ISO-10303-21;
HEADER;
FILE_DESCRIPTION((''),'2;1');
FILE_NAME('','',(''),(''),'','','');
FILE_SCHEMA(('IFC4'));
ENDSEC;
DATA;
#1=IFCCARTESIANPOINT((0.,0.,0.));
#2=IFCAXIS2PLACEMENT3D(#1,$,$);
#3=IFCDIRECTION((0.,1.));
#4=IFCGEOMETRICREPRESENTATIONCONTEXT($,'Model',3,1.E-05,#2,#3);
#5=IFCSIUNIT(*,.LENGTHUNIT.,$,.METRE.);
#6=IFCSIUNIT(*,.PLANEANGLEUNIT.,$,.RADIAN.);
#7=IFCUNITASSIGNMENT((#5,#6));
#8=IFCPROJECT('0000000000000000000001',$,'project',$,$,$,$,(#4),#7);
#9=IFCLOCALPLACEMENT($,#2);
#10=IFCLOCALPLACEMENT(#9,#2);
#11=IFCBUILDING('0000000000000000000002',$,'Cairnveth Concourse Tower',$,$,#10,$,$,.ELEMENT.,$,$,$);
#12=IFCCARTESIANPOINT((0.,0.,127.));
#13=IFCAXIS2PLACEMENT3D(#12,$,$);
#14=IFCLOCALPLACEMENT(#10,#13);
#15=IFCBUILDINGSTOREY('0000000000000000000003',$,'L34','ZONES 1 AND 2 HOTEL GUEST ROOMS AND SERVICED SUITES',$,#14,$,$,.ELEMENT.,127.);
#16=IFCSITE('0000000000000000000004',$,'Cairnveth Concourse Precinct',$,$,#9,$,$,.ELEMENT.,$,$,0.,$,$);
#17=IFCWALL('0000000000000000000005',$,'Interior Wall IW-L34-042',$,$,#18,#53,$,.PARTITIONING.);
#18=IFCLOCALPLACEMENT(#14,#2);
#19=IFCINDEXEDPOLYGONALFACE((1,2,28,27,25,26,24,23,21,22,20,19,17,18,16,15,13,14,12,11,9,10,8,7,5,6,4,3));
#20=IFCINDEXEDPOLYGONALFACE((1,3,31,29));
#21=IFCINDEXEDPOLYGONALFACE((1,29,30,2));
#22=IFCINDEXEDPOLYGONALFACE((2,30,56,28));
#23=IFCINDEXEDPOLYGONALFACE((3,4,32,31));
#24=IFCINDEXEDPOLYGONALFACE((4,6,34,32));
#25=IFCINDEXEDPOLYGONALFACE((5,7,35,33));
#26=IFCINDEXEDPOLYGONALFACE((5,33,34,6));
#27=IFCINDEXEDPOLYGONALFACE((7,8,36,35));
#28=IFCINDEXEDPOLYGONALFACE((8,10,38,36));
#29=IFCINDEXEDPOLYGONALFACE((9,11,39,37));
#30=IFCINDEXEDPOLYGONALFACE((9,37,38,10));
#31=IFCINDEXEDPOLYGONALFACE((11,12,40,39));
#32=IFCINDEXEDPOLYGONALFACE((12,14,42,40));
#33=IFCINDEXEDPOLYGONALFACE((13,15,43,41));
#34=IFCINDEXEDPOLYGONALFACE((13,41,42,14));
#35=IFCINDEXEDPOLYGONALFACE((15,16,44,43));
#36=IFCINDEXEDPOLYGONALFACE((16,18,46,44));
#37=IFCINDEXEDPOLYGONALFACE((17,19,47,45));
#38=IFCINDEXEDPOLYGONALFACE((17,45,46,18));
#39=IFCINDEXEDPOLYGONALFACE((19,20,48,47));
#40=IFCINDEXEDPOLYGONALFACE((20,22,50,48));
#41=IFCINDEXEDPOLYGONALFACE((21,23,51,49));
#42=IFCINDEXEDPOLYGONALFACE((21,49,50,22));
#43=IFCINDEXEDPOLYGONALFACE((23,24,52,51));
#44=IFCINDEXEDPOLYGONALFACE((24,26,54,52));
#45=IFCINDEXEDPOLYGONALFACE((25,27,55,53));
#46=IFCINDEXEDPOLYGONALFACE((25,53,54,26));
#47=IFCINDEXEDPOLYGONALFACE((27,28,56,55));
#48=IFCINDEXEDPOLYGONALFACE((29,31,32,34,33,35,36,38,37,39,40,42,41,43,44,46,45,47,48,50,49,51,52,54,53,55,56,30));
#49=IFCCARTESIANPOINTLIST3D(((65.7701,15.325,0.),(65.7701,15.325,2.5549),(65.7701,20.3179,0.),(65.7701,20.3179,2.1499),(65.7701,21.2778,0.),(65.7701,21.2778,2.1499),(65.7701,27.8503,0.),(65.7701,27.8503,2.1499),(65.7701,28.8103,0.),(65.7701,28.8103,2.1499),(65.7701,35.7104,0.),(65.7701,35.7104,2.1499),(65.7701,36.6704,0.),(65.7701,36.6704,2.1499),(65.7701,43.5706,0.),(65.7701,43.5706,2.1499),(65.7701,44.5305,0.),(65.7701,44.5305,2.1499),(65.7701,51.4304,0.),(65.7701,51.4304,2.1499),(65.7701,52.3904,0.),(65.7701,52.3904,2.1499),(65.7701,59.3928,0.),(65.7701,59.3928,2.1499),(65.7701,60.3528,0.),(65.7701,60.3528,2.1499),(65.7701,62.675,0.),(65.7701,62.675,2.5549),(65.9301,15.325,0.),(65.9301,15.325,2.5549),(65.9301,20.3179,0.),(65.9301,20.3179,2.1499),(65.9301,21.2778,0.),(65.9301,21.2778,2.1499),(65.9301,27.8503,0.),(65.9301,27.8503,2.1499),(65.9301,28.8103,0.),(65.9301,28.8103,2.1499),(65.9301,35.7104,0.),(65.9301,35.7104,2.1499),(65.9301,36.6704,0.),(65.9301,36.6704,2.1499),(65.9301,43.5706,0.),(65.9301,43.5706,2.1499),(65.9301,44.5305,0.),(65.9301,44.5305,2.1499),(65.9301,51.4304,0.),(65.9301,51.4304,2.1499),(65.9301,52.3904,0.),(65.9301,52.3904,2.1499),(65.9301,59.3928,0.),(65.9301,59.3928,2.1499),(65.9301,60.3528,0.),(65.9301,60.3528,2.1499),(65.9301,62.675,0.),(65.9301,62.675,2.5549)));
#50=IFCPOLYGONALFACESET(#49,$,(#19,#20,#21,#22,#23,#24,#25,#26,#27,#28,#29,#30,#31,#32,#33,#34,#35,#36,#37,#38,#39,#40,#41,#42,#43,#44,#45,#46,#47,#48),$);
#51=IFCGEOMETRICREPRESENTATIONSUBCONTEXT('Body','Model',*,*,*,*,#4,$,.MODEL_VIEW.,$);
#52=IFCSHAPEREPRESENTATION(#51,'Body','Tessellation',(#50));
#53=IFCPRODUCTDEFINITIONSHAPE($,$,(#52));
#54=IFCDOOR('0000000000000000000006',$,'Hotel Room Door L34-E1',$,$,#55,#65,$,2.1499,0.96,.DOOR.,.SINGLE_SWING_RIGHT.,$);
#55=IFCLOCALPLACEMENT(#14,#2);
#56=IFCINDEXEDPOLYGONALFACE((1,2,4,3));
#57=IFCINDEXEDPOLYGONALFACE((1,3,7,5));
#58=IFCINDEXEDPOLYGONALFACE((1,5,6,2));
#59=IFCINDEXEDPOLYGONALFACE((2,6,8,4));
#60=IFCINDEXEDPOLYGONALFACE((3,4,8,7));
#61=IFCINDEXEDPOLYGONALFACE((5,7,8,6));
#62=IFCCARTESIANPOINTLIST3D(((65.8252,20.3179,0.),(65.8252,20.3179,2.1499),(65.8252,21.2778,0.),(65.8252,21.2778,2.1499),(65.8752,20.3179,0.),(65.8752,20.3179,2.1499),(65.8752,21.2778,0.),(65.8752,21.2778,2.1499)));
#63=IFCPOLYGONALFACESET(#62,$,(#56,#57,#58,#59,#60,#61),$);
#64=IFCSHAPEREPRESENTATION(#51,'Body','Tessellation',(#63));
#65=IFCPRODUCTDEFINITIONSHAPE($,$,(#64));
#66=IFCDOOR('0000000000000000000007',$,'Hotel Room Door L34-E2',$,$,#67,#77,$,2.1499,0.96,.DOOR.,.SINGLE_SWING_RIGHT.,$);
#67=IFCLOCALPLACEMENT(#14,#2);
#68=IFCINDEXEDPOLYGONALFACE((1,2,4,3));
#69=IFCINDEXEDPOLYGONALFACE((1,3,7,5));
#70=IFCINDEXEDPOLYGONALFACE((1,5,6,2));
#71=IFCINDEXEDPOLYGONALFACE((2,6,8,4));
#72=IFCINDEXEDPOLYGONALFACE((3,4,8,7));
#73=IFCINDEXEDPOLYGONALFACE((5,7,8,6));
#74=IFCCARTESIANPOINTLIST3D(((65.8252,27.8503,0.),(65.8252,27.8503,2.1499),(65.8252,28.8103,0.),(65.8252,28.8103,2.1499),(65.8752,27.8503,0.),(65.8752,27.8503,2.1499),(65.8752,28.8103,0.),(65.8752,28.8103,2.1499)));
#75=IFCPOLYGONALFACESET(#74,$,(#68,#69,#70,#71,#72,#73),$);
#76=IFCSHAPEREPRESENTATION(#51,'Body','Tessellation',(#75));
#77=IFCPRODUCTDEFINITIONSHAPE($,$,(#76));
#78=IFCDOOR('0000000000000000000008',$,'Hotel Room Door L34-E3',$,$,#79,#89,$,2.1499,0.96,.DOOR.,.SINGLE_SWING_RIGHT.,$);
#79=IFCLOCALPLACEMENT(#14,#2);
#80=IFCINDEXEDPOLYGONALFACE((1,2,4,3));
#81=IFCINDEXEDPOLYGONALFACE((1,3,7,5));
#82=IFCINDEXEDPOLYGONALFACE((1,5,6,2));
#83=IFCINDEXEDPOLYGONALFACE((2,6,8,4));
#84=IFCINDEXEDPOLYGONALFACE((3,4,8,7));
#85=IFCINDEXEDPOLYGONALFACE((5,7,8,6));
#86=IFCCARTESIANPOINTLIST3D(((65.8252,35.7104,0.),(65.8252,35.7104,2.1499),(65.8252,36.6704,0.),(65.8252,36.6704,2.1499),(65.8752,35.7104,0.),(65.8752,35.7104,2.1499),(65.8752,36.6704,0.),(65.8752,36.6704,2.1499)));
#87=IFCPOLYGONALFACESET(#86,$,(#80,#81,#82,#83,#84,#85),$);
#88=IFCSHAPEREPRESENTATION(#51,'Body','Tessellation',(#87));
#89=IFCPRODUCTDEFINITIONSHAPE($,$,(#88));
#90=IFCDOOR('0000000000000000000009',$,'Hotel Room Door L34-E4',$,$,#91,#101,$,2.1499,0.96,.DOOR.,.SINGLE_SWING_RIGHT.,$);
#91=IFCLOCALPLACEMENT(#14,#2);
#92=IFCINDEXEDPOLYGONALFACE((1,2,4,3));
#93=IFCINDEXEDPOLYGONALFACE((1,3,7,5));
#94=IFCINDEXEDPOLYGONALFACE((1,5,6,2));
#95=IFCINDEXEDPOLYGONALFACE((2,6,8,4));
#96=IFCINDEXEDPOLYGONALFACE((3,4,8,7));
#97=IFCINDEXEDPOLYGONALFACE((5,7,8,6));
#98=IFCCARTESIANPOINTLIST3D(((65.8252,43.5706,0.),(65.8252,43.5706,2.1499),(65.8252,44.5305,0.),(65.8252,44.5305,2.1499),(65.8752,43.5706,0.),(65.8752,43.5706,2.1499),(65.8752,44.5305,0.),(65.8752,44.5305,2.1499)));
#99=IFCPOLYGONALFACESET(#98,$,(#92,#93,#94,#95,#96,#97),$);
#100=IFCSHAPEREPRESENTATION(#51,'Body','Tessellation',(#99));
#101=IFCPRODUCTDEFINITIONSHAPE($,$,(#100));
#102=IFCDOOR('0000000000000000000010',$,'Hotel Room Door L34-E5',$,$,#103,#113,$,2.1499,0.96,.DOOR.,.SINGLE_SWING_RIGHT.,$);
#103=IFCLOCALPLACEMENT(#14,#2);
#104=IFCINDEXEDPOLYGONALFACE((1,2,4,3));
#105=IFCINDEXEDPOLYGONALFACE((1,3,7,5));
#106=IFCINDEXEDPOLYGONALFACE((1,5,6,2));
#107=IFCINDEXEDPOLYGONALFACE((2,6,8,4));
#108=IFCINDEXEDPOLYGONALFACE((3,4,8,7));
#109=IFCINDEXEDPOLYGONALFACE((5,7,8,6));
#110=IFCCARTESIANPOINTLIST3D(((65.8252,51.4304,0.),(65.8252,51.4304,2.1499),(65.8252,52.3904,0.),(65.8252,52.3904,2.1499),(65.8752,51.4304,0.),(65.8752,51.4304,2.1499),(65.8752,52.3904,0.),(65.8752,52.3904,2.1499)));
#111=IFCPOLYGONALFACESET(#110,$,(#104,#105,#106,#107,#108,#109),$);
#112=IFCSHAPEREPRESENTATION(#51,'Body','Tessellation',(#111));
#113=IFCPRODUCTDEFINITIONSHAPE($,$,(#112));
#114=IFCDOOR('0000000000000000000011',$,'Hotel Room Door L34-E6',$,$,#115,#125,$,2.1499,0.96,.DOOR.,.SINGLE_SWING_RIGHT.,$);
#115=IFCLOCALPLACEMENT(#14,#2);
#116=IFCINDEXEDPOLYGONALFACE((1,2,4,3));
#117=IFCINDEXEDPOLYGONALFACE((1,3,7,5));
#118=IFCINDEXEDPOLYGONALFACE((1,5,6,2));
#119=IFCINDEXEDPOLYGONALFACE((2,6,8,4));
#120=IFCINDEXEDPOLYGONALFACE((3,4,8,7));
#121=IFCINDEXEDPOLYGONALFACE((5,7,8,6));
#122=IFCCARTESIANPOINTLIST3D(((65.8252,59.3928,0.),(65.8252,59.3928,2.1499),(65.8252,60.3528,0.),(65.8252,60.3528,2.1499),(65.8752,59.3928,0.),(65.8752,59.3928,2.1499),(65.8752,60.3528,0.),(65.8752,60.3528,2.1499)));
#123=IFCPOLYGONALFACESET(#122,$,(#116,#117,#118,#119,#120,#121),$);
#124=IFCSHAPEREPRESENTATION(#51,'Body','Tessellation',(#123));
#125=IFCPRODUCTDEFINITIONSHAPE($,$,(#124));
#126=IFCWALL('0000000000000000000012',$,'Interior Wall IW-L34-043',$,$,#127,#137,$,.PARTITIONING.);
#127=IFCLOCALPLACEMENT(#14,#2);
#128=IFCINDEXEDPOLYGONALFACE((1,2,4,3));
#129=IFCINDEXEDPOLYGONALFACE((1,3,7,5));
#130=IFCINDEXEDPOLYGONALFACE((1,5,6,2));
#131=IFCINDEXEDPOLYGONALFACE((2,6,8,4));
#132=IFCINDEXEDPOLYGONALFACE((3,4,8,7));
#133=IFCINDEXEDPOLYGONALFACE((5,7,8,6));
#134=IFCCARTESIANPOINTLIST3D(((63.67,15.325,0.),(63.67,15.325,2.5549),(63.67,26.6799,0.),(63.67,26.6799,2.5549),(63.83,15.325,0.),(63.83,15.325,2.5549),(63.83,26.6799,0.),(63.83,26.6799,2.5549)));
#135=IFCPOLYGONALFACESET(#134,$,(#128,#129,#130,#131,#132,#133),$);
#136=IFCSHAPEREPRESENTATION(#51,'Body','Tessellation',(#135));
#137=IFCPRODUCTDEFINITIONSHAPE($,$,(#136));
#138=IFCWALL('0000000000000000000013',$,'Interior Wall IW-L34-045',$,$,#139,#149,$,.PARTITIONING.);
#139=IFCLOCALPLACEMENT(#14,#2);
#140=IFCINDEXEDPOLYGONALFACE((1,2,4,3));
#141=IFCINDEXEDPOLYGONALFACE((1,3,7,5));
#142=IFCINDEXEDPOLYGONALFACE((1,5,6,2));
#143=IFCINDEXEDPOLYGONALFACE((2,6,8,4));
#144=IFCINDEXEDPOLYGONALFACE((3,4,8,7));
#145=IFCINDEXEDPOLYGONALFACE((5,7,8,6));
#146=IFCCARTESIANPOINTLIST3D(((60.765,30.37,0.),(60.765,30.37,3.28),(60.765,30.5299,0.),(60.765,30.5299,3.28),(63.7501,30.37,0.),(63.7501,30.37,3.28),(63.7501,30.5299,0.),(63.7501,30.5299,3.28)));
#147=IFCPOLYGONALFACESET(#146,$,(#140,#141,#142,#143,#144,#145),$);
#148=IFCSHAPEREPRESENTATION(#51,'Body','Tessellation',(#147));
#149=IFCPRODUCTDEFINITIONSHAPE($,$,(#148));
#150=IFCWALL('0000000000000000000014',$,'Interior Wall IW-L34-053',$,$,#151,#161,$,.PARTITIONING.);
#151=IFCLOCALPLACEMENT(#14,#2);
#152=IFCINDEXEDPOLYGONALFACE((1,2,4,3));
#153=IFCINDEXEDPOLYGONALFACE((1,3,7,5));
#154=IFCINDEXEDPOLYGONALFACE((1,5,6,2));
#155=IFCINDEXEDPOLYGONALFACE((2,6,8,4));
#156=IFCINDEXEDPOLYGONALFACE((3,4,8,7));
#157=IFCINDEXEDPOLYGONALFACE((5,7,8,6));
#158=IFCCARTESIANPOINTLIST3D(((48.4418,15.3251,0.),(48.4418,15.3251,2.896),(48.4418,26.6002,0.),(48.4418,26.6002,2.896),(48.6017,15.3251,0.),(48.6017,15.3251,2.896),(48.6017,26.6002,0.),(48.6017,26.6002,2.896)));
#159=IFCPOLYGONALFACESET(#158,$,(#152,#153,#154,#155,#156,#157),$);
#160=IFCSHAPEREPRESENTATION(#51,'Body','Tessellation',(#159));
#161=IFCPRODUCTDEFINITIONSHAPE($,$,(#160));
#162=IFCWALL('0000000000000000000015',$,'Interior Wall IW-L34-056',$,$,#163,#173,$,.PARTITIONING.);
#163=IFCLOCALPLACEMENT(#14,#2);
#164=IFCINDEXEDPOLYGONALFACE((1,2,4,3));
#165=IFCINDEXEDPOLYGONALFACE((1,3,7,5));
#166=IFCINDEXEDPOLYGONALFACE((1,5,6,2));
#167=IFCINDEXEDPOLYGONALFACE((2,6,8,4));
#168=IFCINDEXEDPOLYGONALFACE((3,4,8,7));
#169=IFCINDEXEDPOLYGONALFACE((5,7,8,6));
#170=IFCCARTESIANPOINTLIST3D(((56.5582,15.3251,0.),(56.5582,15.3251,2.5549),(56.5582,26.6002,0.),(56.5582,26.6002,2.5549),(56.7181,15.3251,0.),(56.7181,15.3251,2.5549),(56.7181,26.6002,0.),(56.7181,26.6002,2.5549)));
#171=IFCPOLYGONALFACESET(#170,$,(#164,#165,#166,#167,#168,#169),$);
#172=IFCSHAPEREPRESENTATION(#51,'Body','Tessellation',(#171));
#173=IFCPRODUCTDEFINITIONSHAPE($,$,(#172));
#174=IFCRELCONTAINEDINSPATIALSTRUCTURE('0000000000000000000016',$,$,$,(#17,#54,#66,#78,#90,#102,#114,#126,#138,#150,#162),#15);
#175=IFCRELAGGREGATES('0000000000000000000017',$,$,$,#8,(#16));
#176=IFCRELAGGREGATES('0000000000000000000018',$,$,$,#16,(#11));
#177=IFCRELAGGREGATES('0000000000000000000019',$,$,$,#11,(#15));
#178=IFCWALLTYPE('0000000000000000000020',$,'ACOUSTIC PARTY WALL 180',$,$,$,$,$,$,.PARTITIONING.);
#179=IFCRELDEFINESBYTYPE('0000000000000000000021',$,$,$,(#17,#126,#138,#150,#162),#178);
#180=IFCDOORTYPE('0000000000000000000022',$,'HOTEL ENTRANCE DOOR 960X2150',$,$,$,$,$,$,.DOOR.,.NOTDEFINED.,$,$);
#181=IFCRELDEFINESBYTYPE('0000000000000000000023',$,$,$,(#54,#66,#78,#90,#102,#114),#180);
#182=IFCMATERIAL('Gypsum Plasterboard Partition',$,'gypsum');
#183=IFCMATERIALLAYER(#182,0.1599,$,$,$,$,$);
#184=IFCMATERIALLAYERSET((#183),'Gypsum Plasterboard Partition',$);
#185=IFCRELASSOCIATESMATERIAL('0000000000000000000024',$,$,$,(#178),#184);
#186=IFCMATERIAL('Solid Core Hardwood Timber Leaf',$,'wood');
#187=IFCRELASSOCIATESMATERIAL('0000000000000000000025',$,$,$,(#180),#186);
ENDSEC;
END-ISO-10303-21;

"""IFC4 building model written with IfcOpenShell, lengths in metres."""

from ifc_helpers import new_model, si_unit, direction, frame, frame_2d, origin, place, context, subcontext, project, spatial, rectangle, extrude, material, layer, layer_set, type_object, element, fill, save


model = new_model("IFC4")

# Units and contexts
model_context = context("Model", 3, precision=1e-05, world=origin(), true_north=direction((0.0, 1.0)))
body_context = subcontext(model_context, "Body", "Model", "MODEL_VIEW")
ifc_project = project(units=[si_unit("LENGTHUNIT", "METRE"), si_unit("PLANEANGLEUNIT", "RADIAN")], contexts=[model_context])

# Site, building, storey
site_placement = place(None, origin())
site = spatial("IfcSite", under=ifc_project, at=site_placement, Name="Cairnveth Concourse Precinct", CompositionType="ELEMENT", RefElevation=0.0)
building_placement = place(site_placement, origin())
building = spatial("IfcBuilding", under=site, at=building_placement, Name="Cairnveth Concourse Tower", CompositionType="ELEMENT")
storey_placement = place(building_placement, frame((0.0, 0.0, 127.0)))
storey = spatial("IfcBuildingStorey", under=building, at=storey_placement, Name="L34", Description="ZONES 1 AND 2 HOTEL GUEST ROOMS AND SERVICED SUITES", CompositionType="ELEMENT", Elevation=127.0)

# Wall, openings, doors
ifc_material_1 = material(Name="Gypsum Plasterboard Partition", Category="gypsum")
ifc_layer_1 = layer(ifc_material_1, 0.1599)
ifc_layer_set_1 = layer_set([ifc_layer_1], Name="Gypsum Plasterboard Partition")
wall_type_1 = type_object("IfcWallType", Name="ACOUSTIC PARTY WALL 180", PredefinedType="PARTITIONING", material=ifc_layer_set_1)
wall_1_placement = place(storey_placement, frame((65.8501, 15.325, 0.0), z_axis=(0.0, 0.0, 1.0), x_axis=(0.0, 1.0, 0.0)))
wall_1 = element("IfcWall", 1, at=wall_1_placement, inside=storey, type_object=wall_type_1, Name="Interior Wall IW-L34-042", PredefinedType="PARTITIONING", context=body_context, shape_type="SweptSolid", body=[
    extrude(rectangle(XDim=47.3501, YDim=0.1599, at=frame_2d((23.675, 0.0))), origin(), (0.0, 0.0, 1.0), 2.5549),
])
opening_1_placement = place(wall_1_placement, frame((4.9929, 0.0, 0.0)))
opening_1 = element("IfcOpeningElement", 2, at=opening_1_placement, cuts=wall_1, PredefinedType="OPENING", context=body_context, shape_type="SweptSolid", body=[
    extrude(rectangle(XDim=0.96, YDim=2.1499, at=frame_2d((0.48, 1.075))), frame((0.0, 0.0898, 0.0), z_axis=(0.0, -1.0, 0.0), x_axis=(1.0, 0.0, 0.0)), (0.0, 0.0, 1.0), 0.1799),
])
opening_2_placement = place(wall_1_placement, frame((12.5254, 0.0, 0.0)))
opening_2 = element("IfcOpeningElement", 3, at=opening_2_placement, cuts=wall_1, PredefinedType="OPENING", context=body_context, shape_type="SweptSolid", body=[
    extrude(rectangle(XDim=0.96, YDim=2.1499, at=frame_2d((0.48, 1.075))), frame((0.0, 0.0898, 0.0), z_axis=(0.0, -1.0, 0.0), x_axis=(1.0, 0.0, 0.0)), (0.0, 0.0, 1.0), 0.1799),
])
opening_3_placement = place(wall_1_placement, frame((20.3855, 0.0, 0.0)))
opening_3 = element("IfcOpeningElement", 4, at=opening_3_placement, cuts=wall_1, PredefinedType="OPENING", context=body_context, shape_type="SweptSolid", body=[
    extrude(rectangle(XDim=0.96, YDim=2.1499, at=frame_2d((0.48, 1.075))), frame((0.0, 0.0898, 0.0), z_axis=(0.0, -1.0, 0.0), x_axis=(1.0, 0.0, 0.0)), (0.0, 0.0, 1.0), 0.1799),
])
opening_4_placement = place(wall_1_placement, frame((28.2456, 0.0, 0.0)))
opening_4 = element("IfcOpeningElement", 5, at=opening_4_placement, cuts=wall_1, PredefinedType="OPENING", context=body_context, shape_type="SweptSolid", body=[
    extrude(rectangle(XDim=0.96, YDim=2.1499, at=frame_2d((0.48, 1.075))), frame((0.0, 0.0898, 0.0), z_axis=(0.0, -1.0, 0.0), x_axis=(1.0, 0.0, 0.0)), (0.0, 0.0, 1.0), 0.1799),
])
opening_5_placement = place(wall_1_placement, frame((36.1055, 0.0, 0.0)))
opening_5 = element("IfcOpeningElement", 6, at=opening_5_placement, cuts=wall_1, PredefinedType="OPENING", context=body_context, shape_type="SweptSolid", body=[
    extrude(rectangle(XDim=0.96, YDim=2.1499, at=frame_2d((0.48, 1.075))), frame((0.0, 0.0898, 0.0), z_axis=(0.0, -1.0, 0.0), x_axis=(1.0, 0.0, 0.0)), (0.0, 0.0, 1.0), 0.1799),
])
opening_6_placement = place(wall_1_placement, frame((44.0679, 0.0, 0.0)))
opening_6 = element("IfcOpeningElement", 7, at=opening_6_placement, cuts=wall_1, PredefinedType="OPENING", context=body_context, shape_type="SweptSolid", body=[
    extrude(rectangle(XDim=0.96, YDim=2.1499, at=frame_2d((0.48, 1.075))), frame((0.0, 0.0898, 0.0), z_axis=(0.0, -1.0, 0.0), x_axis=(1.0, 0.0, 0.0)), (0.0, 0.0, 1.0), 0.1799),
])
ifc_material_2 = material(Name="Solid Core Hardwood Timber Leaf", Category="wood")
door_type_1 = type_object("IfcDoorType", Name="HOTEL ENTRANCE DOOR 960X2150", OperationType="NOTDEFINED", PredefinedType="DOOR", material=ifc_material_2)
door_1_placement = place(opening_1_placement, origin())
door_1 = element("IfcDoor", 8, at=door_1_placement, inside=storey, type_object=door_type_1, Name="Hotel Room Door L34-E1", OperationType="SINGLE_SWING_RIGHT", OverallHeight=2.1499, OverallWidth=0.96, PredefinedType="DOOR", context=body_context, shape_type="SweptSolid", body=[
    extrude(rectangle(XDim=0.96, YDim=2.1499, at=frame_2d((0.48, 1.075))), frame((0.0, 0.0249, 0.0), z_axis=(0.0, -1.0, 0.0), x_axis=(1.0, 0.0, 0.0)), (0.0, 0.0, 1.0), 0.05),
])
fill(opening_1, door_1)
door_2_placement = place(opening_2_placement, origin())
door_2 = element("IfcDoor", 9, at=door_2_placement, inside=storey, type_object=door_type_1, Name="Hotel Room Door L34-E2", OperationType="SINGLE_SWING_RIGHT", OverallHeight=2.1499, OverallWidth=0.96, PredefinedType="DOOR", context=body_context, shape_type="SweptSolid", body=[
    extrude(rectangle(XDim=0.96, YDim=2.1499, at=frame_2d((0.48, 1.075))), frame((0.0, 0.0249, 0.0), z_axis=(0.0, -1.0, 0.0), x_axis=(1.0, 0.0, 0.0)), (0.0, 0.0, 1.0), 0.05),
])
fill(opening_2, door_2)
door_3_placement = place(opening_3_placement, origin())
door_3 = element("IfcDoor", 10, at=door_3_placement, inside=storey, type_object=door_type_1, Name="Hotel Room Door L34-E3", OperationType="SINGLE_SWING_RIGHT", OverallHeight=2.1499, OverallWidth=0.96, PredefinedType="DOOR", context=body_context, shape_type="SweptSolid", body=[
    extrude(rectangle(XDim=0.96, YDim=2.1499, at=frame_2d((0.48, 1.075))), frame((0.0, 0.0249, 0.0), z_axis=(0.0, -1.0, 0.0), x_axis=(1.0, 0.0, 0.0)), (0.0, 0.0, 1.0), 0.05),
])
fill(opening_3, door_3)
door_4_placement = place(opening_4_placement, origin())
door_4 = element("IfcDoor", 11, at=door_4_placement, inside=storey, type_object=door_type_1, Name="Hotel Room Door L34-E4", OperationType="SINGLE_SWING_RIGHT", OverallHeight=2.1499, OverallWidth=0.96, PredefinedType="DOOR", context=body_context, shape_type="SweptSolid", body=[
    extrude(rectangle(XDim=0.96, YDim=2.1499, at=frame_2d((0.48, 1.075))), frame((0.0, 0.0249, 0.0), z_axis=(0.0, -1.0, 0.0), x_axis=(1.0, 0.0, 0.0)), (0.0, 0.0, 1.0), 0.05),
])
fill(opening_4, door_4)
door_5_placement = place(opening_5_placement, origin())
door_5 = element("IfcDoor", 12, at=door_5_placement, inside=storey, type_object=door_type_1, Name="Hotel Room Door L34-E5", OperationType="SINGLE_SWING_RIGHT", OverallHeight=2.1499, OverallWidth=0.96, PredefinedType="DOOR", context=body_context, shape_type="SweptSolid", body=[
    extrude(rectangle(XDim=0.96, YDim=2.1499, at=frame_2d((0.48, 1.075))), frame((0.0, 0.0249, 0.0), z_axis=(0.0, -1.0, 0.0), x_axis=(1.0, 0.0, 0.0)), (0.0, 0.0, 1.0), 0.05),
])
fill(opening_5, door_5)
door_6_placement = place(opening_6_placement, origin())
door_6 = element("IfcDoor", 13, at=door_6_placement, inside=storey, type_object=door_type_1, Name="Hotel Room Door L34-E6", OperationType="SINGLE_SWING_RIGHT", OverallHeight=2.1499, OverallWidth=0.96, PredefinedType="DOOR", context=body_context, shape_type="SweptSolid", body=[
    extrude(rectangle(XDim=0.96, YDim=2.1499, at=frame_2d((0.48, 1.075))), frame((0.0, 0.0249, 0.0), z_axis=(0.0, -1.0, 0.0), x_axis=(1.0, 0.0, 0.0)), (0.0, 0.0, 1.0), 0.05),
])
fill(opening_6, door_6)

# Walls
wall_2_placement = place(storey_placement, frame((63.75, 15.325, 0.0), z_axis=(0.0, 0.0, 1.0), x_axis=(0.0, 1.0, 0.0)))
element("IfcWall", 14, at=wall_2_placement, inside=storey, type_object=wall_type_1, Name="Interior Wall IW-L34-043", PredefinedType="PARTITIONING", context=body_context, shape_type="SweptSolid", body=[
    extrude(rectangle(XDim=11.355, YDim=0.1599, at=frame_2d((5.6775, 0.0))), origin(), (0.0, 0.0, 1.0), 2.5549),
])
wall_3_placement = place(storey_placement, frame((60.7649, 30.45, 0.0), z_axis=(0.0, 0.0, 1.0), x_axis=(1.0, 0.0, 0.0)))
element("IfcWall", 15, at=wall_3_placement, inside=storey, type_object=wall_type_1, Name="Interior Wall IW-L34-045", PredefinedType="PARTITIONING", context=body_context, shape_type="SweptSolid", body=[
    extrude(rectangle(XDim=2.9851, YDim=0.1599, at=frame_2d((1.4927, 0.0))), origin(), (0.0, 0.0, 1.0), 3.28),
])
wall_4_placement = place(storey_placement, frame((48.5217, 15.325, 0.0), z_axis=(0.0, 0.0, 1.0), x_axis=(0.0, 1.0, 0.0)))
element("IfcWall", 16, at=wall_4_placement, inside=storey, type_object=wall_type_1, Name="Interior Wall IW-L34-053", PredefinedType="PARTITIONING", context=body_context, shape_type="SweptSolid", body=[
    extrude(rectangle(XDim=11.2751, YDim=0.1599, at=frame_2d((5.6377, 0.0))), origin(), (0.0, 0.0, 1.0), 2.896),
])
wall_5_placement = place(storey_placement, frame((56.6382, 15.325, 0.0), z_axis=(0.0, 0.0, 1.0), x_axis=(0.0, 1.0, 0.0)))
element("IfcWall", 17, at=wall_5_placement, inside=storey, type_object=wall_type_1, Name="Interior Wall IW-L34-056", PredefinedType="PARTITIONING", context=body_context, shape_type="SweptSolid", body=[
    extrude(rectangle(XDim=11.2751, YDim=0.1599, at=frame_2d((5.6377, 0.0))), origin(), (0.0, 0.0, 1.0), 2.5549),
])

save(model, "model.ifc")
